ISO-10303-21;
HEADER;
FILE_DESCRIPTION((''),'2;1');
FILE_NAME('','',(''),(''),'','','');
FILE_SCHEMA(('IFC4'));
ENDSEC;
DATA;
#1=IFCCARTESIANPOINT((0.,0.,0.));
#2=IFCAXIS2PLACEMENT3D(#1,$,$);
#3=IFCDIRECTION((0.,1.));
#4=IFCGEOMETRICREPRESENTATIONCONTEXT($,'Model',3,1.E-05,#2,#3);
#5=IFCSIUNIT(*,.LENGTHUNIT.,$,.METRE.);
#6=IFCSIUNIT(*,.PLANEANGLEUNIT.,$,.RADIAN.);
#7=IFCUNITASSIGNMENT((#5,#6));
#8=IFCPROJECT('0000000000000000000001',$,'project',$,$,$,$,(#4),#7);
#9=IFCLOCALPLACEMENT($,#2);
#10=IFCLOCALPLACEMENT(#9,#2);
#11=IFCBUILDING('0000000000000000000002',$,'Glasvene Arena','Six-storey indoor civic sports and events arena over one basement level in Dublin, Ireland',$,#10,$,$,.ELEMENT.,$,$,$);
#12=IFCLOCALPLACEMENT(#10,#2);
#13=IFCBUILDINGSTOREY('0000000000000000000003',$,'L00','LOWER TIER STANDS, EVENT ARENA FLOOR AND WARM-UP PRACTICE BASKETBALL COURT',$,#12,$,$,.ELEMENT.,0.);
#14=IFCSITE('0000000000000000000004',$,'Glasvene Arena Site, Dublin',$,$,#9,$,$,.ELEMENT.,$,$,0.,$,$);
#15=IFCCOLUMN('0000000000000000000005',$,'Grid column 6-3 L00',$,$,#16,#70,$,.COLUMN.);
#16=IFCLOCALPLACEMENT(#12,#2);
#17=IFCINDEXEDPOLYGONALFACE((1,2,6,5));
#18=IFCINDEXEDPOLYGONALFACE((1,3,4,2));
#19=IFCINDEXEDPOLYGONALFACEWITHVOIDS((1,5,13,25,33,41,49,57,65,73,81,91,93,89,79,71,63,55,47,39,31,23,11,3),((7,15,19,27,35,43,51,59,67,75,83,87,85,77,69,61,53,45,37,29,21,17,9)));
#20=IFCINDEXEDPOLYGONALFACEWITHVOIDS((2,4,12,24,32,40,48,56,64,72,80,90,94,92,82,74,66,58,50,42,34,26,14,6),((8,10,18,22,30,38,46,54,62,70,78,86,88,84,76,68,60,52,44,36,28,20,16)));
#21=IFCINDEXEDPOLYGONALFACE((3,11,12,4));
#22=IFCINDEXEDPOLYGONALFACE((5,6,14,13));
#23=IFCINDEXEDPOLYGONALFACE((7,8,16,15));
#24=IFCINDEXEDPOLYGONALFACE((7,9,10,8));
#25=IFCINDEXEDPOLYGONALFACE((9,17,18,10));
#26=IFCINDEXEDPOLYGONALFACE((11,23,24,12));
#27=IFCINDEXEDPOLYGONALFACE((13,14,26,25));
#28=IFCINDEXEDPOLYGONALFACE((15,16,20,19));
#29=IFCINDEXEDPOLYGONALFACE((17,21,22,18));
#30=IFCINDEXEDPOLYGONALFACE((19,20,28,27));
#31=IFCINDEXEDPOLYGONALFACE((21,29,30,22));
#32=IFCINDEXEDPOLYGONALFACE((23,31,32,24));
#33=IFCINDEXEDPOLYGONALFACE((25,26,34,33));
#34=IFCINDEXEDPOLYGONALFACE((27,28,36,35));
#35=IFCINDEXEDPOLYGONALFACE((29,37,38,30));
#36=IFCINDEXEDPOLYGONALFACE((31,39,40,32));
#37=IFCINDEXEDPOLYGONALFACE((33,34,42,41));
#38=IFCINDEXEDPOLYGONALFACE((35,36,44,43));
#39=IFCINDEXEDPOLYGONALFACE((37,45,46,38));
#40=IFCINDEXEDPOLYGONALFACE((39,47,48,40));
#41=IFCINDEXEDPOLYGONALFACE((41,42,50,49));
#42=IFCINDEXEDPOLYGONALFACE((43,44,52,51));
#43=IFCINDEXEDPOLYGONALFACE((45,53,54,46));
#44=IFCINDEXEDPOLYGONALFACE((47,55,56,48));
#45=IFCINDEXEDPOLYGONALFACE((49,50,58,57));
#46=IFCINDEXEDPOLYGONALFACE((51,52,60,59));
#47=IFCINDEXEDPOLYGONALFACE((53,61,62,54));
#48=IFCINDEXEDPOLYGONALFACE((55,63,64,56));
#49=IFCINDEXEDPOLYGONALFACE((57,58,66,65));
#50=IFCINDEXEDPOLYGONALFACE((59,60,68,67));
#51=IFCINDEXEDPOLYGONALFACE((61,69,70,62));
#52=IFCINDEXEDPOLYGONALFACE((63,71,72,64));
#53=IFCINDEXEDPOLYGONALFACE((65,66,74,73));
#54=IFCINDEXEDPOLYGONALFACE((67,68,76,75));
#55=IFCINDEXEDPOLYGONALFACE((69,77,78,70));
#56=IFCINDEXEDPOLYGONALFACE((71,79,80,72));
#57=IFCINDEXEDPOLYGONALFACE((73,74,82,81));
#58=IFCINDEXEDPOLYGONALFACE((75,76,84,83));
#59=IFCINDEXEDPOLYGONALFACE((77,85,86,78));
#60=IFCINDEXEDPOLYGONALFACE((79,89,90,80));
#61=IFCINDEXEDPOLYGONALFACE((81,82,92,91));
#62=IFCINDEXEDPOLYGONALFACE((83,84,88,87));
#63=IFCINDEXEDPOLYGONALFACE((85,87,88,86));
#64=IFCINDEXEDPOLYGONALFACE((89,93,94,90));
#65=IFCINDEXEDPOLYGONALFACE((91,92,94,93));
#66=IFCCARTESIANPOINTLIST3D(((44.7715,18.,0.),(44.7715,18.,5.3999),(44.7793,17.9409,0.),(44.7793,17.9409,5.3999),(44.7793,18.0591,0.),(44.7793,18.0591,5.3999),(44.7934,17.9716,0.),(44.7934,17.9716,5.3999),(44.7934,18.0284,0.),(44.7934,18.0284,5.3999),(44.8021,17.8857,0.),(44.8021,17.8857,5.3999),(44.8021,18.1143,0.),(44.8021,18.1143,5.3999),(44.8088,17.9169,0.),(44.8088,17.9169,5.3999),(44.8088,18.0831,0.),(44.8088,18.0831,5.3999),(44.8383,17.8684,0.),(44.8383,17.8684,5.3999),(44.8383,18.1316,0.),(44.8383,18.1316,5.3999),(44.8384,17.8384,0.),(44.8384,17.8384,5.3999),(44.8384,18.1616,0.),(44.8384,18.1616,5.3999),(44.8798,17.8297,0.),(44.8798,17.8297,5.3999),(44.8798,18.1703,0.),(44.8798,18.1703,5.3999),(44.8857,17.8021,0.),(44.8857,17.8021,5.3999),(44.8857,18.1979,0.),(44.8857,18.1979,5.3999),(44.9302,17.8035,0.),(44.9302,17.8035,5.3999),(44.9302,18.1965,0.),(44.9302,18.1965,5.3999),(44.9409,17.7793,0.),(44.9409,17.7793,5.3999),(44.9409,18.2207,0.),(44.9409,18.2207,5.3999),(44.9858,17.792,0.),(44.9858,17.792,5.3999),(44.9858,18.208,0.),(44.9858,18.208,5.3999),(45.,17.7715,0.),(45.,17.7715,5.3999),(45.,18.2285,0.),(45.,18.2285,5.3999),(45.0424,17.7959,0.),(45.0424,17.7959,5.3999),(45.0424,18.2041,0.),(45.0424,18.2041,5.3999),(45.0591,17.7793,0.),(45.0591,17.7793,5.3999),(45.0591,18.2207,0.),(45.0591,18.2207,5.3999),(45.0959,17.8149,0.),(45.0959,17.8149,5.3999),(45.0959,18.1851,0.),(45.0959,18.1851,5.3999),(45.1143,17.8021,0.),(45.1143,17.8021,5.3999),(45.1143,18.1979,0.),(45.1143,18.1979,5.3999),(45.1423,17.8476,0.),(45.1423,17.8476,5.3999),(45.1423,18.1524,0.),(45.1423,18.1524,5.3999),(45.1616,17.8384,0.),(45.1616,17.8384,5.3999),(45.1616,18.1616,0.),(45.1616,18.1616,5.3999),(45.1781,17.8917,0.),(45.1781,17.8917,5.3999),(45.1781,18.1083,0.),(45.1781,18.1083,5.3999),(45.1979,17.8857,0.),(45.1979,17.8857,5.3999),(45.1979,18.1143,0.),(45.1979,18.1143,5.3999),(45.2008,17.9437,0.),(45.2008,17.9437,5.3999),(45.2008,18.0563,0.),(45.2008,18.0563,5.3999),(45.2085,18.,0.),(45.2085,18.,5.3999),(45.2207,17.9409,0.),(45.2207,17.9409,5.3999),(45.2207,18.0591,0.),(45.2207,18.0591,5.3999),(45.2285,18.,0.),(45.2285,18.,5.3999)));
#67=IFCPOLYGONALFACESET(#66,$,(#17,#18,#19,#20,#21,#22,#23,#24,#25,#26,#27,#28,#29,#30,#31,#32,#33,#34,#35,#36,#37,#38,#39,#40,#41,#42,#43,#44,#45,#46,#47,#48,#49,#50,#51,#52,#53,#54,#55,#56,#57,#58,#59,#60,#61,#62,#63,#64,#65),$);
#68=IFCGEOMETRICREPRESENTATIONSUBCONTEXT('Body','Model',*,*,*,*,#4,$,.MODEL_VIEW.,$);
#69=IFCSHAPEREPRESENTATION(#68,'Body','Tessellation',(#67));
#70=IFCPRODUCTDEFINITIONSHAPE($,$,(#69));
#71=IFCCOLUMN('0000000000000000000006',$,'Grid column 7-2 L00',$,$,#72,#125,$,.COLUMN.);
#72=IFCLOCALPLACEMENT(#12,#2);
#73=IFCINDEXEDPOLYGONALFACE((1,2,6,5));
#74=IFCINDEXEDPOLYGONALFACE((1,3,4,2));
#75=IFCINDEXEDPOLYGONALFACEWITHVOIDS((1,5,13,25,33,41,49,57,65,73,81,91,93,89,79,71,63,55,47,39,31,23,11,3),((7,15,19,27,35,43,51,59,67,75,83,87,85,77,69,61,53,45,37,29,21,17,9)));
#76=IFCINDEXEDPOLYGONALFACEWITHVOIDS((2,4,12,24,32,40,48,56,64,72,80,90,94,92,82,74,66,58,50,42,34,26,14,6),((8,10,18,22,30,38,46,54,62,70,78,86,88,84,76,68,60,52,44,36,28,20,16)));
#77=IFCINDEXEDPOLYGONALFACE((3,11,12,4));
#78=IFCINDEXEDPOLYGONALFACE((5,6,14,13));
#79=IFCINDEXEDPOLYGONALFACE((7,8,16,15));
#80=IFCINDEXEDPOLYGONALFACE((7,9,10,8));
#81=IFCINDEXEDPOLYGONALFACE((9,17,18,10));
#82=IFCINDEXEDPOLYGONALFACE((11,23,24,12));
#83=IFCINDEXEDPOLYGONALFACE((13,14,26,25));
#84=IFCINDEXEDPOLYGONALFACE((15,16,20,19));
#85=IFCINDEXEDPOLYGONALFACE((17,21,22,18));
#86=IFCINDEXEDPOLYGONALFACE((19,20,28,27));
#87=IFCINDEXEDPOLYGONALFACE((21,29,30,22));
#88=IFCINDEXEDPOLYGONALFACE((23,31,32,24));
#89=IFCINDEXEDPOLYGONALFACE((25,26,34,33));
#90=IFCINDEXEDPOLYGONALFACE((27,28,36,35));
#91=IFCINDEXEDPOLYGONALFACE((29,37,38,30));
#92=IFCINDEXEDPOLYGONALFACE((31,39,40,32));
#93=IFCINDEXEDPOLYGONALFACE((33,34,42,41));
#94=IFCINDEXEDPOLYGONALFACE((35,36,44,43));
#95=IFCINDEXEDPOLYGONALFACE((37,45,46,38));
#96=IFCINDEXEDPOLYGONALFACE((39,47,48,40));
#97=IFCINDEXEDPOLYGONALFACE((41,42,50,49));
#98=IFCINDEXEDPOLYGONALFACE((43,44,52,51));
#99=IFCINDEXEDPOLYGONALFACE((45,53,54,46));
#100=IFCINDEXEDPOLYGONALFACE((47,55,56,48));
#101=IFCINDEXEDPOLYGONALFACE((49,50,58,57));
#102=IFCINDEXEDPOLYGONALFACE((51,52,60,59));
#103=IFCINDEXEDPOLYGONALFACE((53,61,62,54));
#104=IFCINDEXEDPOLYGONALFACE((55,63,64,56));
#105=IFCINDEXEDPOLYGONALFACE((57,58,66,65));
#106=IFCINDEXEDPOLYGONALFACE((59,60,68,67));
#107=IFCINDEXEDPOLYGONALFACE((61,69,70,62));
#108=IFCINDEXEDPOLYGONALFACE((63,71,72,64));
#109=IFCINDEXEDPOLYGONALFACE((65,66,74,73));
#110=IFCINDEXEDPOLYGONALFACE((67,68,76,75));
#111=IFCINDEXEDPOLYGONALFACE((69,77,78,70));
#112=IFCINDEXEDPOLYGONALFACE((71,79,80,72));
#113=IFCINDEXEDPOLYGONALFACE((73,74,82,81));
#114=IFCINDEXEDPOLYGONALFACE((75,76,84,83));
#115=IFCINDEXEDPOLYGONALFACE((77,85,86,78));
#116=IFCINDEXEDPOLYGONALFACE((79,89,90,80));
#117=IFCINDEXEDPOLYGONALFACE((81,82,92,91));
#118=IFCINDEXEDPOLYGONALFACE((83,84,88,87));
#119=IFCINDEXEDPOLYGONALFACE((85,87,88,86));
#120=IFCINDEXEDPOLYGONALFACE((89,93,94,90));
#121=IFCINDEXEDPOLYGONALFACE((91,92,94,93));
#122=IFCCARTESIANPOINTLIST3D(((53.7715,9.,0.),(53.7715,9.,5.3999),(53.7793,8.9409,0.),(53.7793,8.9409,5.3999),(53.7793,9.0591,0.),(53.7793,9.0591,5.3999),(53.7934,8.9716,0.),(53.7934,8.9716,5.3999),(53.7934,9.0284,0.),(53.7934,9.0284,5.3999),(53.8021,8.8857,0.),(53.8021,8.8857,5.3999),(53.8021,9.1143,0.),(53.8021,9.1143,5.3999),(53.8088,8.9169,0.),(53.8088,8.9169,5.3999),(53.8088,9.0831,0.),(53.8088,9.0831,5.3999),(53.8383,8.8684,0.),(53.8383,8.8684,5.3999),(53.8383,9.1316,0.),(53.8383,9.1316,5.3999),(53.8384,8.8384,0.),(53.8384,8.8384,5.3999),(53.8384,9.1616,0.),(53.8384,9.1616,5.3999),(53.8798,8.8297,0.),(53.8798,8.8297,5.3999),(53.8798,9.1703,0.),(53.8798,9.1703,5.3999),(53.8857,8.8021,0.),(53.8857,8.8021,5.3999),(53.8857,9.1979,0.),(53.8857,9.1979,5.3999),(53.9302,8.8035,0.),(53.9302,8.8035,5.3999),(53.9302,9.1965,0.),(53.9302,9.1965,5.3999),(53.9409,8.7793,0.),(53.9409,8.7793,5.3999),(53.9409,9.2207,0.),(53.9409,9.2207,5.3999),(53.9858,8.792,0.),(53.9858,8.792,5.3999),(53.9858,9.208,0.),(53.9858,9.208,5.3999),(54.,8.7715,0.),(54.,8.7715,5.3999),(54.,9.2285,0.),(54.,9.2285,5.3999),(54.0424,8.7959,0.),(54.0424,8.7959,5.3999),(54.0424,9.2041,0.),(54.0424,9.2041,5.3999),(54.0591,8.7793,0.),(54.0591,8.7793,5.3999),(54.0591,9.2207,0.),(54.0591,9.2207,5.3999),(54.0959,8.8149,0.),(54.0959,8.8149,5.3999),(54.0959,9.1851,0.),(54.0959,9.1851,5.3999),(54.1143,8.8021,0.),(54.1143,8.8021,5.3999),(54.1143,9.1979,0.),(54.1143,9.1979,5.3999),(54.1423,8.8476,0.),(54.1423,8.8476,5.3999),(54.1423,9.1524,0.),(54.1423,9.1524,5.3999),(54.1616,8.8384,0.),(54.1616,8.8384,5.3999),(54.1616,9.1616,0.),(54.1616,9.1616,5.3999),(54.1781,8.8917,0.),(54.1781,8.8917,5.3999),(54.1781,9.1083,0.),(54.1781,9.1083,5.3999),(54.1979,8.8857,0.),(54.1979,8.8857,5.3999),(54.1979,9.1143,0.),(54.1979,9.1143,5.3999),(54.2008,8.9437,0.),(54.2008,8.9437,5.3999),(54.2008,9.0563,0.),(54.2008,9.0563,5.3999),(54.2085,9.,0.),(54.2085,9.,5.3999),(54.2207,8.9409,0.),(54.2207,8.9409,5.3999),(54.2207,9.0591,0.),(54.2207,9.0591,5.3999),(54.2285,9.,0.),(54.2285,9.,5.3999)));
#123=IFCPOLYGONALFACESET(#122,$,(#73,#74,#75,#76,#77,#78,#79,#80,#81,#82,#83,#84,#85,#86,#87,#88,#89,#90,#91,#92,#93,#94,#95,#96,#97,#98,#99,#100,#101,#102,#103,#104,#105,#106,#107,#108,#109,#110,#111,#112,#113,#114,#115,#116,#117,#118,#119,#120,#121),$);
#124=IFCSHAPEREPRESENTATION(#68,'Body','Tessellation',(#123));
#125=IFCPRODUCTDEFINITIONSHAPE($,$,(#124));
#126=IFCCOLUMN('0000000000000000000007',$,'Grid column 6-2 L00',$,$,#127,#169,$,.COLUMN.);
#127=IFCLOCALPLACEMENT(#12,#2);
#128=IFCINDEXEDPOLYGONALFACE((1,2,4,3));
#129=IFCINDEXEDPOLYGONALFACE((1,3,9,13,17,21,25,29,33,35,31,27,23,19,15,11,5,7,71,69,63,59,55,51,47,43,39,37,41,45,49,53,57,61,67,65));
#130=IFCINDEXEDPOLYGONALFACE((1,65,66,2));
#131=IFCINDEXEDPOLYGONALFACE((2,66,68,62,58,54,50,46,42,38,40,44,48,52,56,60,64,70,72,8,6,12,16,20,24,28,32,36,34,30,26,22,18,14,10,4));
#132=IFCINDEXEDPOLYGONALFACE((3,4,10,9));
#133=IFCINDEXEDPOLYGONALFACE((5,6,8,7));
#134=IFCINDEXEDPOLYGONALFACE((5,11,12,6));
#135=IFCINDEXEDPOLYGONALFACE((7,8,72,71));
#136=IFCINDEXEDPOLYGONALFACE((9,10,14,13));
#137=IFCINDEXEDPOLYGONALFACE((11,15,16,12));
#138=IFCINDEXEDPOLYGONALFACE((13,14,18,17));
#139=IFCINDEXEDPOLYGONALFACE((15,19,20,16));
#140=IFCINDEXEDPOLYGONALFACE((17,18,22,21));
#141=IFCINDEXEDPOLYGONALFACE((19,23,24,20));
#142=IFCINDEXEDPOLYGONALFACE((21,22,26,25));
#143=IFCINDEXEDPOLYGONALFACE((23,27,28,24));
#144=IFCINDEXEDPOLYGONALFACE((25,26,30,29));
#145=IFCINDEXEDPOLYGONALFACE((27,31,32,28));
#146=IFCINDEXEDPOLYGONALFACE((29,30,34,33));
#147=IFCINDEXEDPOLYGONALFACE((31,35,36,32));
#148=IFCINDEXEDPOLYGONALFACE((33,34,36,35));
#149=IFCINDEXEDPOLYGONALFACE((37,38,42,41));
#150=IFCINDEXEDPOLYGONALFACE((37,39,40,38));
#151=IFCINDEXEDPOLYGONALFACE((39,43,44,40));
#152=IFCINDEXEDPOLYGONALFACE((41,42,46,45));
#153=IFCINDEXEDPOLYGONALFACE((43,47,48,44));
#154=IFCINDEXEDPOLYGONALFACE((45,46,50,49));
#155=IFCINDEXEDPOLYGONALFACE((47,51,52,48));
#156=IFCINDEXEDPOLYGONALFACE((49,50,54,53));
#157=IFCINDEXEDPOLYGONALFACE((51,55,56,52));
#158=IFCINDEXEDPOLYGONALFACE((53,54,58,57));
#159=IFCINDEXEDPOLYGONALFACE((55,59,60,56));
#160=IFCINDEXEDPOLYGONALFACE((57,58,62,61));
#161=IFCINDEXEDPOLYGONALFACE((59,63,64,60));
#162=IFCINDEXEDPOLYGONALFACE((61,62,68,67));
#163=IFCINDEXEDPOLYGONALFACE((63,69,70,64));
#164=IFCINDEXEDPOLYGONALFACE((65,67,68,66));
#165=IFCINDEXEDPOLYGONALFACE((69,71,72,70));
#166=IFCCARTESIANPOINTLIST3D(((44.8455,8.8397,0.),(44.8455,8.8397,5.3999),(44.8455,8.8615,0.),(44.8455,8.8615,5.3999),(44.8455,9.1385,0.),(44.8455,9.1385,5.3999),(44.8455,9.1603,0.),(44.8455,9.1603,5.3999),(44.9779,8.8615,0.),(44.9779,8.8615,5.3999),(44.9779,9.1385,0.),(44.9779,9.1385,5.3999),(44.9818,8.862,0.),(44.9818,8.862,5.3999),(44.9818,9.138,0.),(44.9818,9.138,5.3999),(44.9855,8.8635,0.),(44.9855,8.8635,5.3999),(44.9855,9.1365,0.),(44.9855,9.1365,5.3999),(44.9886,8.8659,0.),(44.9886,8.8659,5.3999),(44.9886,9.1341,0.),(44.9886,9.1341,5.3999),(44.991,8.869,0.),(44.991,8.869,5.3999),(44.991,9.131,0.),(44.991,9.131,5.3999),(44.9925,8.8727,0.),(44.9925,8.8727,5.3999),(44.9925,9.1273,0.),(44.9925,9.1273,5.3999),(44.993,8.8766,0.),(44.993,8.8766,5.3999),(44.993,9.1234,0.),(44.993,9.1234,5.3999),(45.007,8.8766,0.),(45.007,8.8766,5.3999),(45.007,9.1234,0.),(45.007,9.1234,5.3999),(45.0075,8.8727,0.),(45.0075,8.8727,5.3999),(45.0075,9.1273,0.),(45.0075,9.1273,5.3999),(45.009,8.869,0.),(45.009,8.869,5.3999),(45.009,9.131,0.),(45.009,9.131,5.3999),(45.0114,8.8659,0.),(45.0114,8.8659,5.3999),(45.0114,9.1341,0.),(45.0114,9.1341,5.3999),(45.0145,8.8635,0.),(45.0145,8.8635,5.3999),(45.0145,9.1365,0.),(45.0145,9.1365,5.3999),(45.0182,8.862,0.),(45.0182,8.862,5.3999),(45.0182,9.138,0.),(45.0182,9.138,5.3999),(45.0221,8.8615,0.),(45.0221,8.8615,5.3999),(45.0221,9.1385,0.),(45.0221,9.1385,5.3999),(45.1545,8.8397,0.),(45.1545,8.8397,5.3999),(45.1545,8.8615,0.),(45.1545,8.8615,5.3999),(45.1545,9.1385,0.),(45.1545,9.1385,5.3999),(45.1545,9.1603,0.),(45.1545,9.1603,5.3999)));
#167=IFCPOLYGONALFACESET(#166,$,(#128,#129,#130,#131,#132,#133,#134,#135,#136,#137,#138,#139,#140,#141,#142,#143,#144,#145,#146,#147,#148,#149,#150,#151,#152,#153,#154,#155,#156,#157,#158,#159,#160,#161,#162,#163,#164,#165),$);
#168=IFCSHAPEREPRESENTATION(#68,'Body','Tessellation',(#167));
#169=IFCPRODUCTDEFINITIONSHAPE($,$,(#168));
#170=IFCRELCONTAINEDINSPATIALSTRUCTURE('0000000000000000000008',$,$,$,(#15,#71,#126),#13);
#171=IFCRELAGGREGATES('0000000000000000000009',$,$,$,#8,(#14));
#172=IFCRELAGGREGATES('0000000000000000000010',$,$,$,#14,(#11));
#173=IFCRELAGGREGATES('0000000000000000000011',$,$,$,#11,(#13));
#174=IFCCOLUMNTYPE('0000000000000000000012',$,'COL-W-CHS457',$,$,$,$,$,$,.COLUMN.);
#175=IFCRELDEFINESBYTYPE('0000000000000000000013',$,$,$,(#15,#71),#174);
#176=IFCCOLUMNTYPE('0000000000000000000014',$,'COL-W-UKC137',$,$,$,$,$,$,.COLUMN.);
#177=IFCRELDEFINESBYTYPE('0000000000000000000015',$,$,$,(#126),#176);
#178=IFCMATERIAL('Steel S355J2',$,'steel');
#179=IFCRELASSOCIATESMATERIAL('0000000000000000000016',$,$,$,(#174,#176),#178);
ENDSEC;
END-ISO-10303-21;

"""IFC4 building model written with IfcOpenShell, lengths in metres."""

from ifc_helpers import new_model, si_unit, direction, frame, origin, origin_2d, place, context, subcontext, project, spatial, hollow_circle, i_section, extrude, material, material_profile, profile_set, type_object, element, save


model = new_model("IFC4")

# Units and contexts
model_context = context("Model", 3, precision=1e-05, world=origin(), true_north=direction((0.0, 1.0)))
body_context = subcontext(model_context, "Body", "Model", "MODEL_VIEW")
ifc_project = project(units=[si_unit("LENGTHUNIT", "METRE"), si_unit("PLANEANGLEUNIT", "RADIAN")], contexts=[model_context])

# Site, building, storey
site_placement = place(None, origin())
site = spatial("IfcSite", under=ifc_project, at=site_placement, Name="Glasvene Arena Site, Dublin", CompositionType="ELEMENT", RefElevation=0.0)
building_placement = place(site_placement, origin())
building = spatial("IfcBuilding", under=site, at=building_placement, Name="Glasvene Arena", Description="Six-storey indoor civic sports and events arena over one basement level in Dublin, Ireland", CompositionType="ELEMENT")
storey_placement = place(building_placement, origin())
storey = spatial("IfcBuildingStorey", under=building, at=storey_placement, Name="L00", Description="LOWER TIER STANDS, EVENT ARENA FLOOR AND WARM-UP PRACTICE BASKETBALL COURT", CompositionType="ELEMENT", Elevation=0.0)

# Columns
ifc_material_1 = material(Name="Steel S355J2", Category="steel")
ifc_material_profile_1 = material_profile(ifc_material_1, hollow_circle(Radius=0.2285, WallThickness=0.02, at=origin_2d()), Name="CHS 457.0x20.0")
ifc_profile_set_1 = profile_set([ifc_material_profile_1], Name="Steel S355J2")
column_type_1 = type_object("IfcColumnType", Name="COL-W-CHS457", PredefinedType="COLUMN", material=ifc_profile_set_1)
for number, where, z_axis, x_axis, name in (
    (1, (45.0, 18.0, 0.0), (0.0, 0.0, 1.0), (1.0, 0.0, 0.0), "Grid column 6-3 L00"),
    (2, (54.0, 9.0, 0.0), (0.0, 0.0, 1.0), (1.0, 0.0, 0.0), "Grid column 7-2 L00"),
):
    element("IfcColumn", number, at=place(storey_placement, frame(where, z_axis=z_axis, x_axis=x_axis)), inside=storey, type_object=column_type_1, Name=name, PredefinedType="COLUMN", context=body_context, shape_type="SweptSolid", body=[
        extrude(hollow_circle(Radius=0.2285, WallThickness=0.02, at=origin_2d()), origin(), (0.0, 0.0, 1.0), 5.3999),
    ])
ifc_material_profile_2 = material_profile(ifc_material_1, i_section(OverallWidth=0.3091, OverallDepth=0.3206, WebThickness=0.0139, FlangeThickness=0.0217, FilletRadius=0.0151, at=origin_2d()), Name="UKC 305x305x137")
ifc_profile_set_2 = profile_set([ifc_material_profile_2], Name="Steel S355J2")
column_type_2 = type_object("IfcColumnType", Name="COL-W-UKC137", PredefinedType="COLUMN", material=ifc_profile_set_2)
for number, where, z_axis, x_axis, name in (
    (3, (45.0, 9.0, 0.0), (0.0, 0.0, 1.0), (1.0, 0.0, 0.0), "Grid column 6-2 L00"),
):
    element("IfcColumn", number, at=place(storey_placement, frame(where, z_axis=z_axis, x_axis=x_axis)), inside=storey, type_object=column_type_2, Name=name, PredefinedType="COLUMN", context=body_context, shape_type="SweptSolid", body=[
        extrude(i_section(OverallWidth=0.3091, OverallDepth=0.3206, WebThickness=0.0139, FlangeThickness=0.0217, FilletRadius=0.0151, at=origin_2d()), origin(), (0.0, 0.0, 1.0), 5.3999),
    ])

save(model, "model.ifc")
